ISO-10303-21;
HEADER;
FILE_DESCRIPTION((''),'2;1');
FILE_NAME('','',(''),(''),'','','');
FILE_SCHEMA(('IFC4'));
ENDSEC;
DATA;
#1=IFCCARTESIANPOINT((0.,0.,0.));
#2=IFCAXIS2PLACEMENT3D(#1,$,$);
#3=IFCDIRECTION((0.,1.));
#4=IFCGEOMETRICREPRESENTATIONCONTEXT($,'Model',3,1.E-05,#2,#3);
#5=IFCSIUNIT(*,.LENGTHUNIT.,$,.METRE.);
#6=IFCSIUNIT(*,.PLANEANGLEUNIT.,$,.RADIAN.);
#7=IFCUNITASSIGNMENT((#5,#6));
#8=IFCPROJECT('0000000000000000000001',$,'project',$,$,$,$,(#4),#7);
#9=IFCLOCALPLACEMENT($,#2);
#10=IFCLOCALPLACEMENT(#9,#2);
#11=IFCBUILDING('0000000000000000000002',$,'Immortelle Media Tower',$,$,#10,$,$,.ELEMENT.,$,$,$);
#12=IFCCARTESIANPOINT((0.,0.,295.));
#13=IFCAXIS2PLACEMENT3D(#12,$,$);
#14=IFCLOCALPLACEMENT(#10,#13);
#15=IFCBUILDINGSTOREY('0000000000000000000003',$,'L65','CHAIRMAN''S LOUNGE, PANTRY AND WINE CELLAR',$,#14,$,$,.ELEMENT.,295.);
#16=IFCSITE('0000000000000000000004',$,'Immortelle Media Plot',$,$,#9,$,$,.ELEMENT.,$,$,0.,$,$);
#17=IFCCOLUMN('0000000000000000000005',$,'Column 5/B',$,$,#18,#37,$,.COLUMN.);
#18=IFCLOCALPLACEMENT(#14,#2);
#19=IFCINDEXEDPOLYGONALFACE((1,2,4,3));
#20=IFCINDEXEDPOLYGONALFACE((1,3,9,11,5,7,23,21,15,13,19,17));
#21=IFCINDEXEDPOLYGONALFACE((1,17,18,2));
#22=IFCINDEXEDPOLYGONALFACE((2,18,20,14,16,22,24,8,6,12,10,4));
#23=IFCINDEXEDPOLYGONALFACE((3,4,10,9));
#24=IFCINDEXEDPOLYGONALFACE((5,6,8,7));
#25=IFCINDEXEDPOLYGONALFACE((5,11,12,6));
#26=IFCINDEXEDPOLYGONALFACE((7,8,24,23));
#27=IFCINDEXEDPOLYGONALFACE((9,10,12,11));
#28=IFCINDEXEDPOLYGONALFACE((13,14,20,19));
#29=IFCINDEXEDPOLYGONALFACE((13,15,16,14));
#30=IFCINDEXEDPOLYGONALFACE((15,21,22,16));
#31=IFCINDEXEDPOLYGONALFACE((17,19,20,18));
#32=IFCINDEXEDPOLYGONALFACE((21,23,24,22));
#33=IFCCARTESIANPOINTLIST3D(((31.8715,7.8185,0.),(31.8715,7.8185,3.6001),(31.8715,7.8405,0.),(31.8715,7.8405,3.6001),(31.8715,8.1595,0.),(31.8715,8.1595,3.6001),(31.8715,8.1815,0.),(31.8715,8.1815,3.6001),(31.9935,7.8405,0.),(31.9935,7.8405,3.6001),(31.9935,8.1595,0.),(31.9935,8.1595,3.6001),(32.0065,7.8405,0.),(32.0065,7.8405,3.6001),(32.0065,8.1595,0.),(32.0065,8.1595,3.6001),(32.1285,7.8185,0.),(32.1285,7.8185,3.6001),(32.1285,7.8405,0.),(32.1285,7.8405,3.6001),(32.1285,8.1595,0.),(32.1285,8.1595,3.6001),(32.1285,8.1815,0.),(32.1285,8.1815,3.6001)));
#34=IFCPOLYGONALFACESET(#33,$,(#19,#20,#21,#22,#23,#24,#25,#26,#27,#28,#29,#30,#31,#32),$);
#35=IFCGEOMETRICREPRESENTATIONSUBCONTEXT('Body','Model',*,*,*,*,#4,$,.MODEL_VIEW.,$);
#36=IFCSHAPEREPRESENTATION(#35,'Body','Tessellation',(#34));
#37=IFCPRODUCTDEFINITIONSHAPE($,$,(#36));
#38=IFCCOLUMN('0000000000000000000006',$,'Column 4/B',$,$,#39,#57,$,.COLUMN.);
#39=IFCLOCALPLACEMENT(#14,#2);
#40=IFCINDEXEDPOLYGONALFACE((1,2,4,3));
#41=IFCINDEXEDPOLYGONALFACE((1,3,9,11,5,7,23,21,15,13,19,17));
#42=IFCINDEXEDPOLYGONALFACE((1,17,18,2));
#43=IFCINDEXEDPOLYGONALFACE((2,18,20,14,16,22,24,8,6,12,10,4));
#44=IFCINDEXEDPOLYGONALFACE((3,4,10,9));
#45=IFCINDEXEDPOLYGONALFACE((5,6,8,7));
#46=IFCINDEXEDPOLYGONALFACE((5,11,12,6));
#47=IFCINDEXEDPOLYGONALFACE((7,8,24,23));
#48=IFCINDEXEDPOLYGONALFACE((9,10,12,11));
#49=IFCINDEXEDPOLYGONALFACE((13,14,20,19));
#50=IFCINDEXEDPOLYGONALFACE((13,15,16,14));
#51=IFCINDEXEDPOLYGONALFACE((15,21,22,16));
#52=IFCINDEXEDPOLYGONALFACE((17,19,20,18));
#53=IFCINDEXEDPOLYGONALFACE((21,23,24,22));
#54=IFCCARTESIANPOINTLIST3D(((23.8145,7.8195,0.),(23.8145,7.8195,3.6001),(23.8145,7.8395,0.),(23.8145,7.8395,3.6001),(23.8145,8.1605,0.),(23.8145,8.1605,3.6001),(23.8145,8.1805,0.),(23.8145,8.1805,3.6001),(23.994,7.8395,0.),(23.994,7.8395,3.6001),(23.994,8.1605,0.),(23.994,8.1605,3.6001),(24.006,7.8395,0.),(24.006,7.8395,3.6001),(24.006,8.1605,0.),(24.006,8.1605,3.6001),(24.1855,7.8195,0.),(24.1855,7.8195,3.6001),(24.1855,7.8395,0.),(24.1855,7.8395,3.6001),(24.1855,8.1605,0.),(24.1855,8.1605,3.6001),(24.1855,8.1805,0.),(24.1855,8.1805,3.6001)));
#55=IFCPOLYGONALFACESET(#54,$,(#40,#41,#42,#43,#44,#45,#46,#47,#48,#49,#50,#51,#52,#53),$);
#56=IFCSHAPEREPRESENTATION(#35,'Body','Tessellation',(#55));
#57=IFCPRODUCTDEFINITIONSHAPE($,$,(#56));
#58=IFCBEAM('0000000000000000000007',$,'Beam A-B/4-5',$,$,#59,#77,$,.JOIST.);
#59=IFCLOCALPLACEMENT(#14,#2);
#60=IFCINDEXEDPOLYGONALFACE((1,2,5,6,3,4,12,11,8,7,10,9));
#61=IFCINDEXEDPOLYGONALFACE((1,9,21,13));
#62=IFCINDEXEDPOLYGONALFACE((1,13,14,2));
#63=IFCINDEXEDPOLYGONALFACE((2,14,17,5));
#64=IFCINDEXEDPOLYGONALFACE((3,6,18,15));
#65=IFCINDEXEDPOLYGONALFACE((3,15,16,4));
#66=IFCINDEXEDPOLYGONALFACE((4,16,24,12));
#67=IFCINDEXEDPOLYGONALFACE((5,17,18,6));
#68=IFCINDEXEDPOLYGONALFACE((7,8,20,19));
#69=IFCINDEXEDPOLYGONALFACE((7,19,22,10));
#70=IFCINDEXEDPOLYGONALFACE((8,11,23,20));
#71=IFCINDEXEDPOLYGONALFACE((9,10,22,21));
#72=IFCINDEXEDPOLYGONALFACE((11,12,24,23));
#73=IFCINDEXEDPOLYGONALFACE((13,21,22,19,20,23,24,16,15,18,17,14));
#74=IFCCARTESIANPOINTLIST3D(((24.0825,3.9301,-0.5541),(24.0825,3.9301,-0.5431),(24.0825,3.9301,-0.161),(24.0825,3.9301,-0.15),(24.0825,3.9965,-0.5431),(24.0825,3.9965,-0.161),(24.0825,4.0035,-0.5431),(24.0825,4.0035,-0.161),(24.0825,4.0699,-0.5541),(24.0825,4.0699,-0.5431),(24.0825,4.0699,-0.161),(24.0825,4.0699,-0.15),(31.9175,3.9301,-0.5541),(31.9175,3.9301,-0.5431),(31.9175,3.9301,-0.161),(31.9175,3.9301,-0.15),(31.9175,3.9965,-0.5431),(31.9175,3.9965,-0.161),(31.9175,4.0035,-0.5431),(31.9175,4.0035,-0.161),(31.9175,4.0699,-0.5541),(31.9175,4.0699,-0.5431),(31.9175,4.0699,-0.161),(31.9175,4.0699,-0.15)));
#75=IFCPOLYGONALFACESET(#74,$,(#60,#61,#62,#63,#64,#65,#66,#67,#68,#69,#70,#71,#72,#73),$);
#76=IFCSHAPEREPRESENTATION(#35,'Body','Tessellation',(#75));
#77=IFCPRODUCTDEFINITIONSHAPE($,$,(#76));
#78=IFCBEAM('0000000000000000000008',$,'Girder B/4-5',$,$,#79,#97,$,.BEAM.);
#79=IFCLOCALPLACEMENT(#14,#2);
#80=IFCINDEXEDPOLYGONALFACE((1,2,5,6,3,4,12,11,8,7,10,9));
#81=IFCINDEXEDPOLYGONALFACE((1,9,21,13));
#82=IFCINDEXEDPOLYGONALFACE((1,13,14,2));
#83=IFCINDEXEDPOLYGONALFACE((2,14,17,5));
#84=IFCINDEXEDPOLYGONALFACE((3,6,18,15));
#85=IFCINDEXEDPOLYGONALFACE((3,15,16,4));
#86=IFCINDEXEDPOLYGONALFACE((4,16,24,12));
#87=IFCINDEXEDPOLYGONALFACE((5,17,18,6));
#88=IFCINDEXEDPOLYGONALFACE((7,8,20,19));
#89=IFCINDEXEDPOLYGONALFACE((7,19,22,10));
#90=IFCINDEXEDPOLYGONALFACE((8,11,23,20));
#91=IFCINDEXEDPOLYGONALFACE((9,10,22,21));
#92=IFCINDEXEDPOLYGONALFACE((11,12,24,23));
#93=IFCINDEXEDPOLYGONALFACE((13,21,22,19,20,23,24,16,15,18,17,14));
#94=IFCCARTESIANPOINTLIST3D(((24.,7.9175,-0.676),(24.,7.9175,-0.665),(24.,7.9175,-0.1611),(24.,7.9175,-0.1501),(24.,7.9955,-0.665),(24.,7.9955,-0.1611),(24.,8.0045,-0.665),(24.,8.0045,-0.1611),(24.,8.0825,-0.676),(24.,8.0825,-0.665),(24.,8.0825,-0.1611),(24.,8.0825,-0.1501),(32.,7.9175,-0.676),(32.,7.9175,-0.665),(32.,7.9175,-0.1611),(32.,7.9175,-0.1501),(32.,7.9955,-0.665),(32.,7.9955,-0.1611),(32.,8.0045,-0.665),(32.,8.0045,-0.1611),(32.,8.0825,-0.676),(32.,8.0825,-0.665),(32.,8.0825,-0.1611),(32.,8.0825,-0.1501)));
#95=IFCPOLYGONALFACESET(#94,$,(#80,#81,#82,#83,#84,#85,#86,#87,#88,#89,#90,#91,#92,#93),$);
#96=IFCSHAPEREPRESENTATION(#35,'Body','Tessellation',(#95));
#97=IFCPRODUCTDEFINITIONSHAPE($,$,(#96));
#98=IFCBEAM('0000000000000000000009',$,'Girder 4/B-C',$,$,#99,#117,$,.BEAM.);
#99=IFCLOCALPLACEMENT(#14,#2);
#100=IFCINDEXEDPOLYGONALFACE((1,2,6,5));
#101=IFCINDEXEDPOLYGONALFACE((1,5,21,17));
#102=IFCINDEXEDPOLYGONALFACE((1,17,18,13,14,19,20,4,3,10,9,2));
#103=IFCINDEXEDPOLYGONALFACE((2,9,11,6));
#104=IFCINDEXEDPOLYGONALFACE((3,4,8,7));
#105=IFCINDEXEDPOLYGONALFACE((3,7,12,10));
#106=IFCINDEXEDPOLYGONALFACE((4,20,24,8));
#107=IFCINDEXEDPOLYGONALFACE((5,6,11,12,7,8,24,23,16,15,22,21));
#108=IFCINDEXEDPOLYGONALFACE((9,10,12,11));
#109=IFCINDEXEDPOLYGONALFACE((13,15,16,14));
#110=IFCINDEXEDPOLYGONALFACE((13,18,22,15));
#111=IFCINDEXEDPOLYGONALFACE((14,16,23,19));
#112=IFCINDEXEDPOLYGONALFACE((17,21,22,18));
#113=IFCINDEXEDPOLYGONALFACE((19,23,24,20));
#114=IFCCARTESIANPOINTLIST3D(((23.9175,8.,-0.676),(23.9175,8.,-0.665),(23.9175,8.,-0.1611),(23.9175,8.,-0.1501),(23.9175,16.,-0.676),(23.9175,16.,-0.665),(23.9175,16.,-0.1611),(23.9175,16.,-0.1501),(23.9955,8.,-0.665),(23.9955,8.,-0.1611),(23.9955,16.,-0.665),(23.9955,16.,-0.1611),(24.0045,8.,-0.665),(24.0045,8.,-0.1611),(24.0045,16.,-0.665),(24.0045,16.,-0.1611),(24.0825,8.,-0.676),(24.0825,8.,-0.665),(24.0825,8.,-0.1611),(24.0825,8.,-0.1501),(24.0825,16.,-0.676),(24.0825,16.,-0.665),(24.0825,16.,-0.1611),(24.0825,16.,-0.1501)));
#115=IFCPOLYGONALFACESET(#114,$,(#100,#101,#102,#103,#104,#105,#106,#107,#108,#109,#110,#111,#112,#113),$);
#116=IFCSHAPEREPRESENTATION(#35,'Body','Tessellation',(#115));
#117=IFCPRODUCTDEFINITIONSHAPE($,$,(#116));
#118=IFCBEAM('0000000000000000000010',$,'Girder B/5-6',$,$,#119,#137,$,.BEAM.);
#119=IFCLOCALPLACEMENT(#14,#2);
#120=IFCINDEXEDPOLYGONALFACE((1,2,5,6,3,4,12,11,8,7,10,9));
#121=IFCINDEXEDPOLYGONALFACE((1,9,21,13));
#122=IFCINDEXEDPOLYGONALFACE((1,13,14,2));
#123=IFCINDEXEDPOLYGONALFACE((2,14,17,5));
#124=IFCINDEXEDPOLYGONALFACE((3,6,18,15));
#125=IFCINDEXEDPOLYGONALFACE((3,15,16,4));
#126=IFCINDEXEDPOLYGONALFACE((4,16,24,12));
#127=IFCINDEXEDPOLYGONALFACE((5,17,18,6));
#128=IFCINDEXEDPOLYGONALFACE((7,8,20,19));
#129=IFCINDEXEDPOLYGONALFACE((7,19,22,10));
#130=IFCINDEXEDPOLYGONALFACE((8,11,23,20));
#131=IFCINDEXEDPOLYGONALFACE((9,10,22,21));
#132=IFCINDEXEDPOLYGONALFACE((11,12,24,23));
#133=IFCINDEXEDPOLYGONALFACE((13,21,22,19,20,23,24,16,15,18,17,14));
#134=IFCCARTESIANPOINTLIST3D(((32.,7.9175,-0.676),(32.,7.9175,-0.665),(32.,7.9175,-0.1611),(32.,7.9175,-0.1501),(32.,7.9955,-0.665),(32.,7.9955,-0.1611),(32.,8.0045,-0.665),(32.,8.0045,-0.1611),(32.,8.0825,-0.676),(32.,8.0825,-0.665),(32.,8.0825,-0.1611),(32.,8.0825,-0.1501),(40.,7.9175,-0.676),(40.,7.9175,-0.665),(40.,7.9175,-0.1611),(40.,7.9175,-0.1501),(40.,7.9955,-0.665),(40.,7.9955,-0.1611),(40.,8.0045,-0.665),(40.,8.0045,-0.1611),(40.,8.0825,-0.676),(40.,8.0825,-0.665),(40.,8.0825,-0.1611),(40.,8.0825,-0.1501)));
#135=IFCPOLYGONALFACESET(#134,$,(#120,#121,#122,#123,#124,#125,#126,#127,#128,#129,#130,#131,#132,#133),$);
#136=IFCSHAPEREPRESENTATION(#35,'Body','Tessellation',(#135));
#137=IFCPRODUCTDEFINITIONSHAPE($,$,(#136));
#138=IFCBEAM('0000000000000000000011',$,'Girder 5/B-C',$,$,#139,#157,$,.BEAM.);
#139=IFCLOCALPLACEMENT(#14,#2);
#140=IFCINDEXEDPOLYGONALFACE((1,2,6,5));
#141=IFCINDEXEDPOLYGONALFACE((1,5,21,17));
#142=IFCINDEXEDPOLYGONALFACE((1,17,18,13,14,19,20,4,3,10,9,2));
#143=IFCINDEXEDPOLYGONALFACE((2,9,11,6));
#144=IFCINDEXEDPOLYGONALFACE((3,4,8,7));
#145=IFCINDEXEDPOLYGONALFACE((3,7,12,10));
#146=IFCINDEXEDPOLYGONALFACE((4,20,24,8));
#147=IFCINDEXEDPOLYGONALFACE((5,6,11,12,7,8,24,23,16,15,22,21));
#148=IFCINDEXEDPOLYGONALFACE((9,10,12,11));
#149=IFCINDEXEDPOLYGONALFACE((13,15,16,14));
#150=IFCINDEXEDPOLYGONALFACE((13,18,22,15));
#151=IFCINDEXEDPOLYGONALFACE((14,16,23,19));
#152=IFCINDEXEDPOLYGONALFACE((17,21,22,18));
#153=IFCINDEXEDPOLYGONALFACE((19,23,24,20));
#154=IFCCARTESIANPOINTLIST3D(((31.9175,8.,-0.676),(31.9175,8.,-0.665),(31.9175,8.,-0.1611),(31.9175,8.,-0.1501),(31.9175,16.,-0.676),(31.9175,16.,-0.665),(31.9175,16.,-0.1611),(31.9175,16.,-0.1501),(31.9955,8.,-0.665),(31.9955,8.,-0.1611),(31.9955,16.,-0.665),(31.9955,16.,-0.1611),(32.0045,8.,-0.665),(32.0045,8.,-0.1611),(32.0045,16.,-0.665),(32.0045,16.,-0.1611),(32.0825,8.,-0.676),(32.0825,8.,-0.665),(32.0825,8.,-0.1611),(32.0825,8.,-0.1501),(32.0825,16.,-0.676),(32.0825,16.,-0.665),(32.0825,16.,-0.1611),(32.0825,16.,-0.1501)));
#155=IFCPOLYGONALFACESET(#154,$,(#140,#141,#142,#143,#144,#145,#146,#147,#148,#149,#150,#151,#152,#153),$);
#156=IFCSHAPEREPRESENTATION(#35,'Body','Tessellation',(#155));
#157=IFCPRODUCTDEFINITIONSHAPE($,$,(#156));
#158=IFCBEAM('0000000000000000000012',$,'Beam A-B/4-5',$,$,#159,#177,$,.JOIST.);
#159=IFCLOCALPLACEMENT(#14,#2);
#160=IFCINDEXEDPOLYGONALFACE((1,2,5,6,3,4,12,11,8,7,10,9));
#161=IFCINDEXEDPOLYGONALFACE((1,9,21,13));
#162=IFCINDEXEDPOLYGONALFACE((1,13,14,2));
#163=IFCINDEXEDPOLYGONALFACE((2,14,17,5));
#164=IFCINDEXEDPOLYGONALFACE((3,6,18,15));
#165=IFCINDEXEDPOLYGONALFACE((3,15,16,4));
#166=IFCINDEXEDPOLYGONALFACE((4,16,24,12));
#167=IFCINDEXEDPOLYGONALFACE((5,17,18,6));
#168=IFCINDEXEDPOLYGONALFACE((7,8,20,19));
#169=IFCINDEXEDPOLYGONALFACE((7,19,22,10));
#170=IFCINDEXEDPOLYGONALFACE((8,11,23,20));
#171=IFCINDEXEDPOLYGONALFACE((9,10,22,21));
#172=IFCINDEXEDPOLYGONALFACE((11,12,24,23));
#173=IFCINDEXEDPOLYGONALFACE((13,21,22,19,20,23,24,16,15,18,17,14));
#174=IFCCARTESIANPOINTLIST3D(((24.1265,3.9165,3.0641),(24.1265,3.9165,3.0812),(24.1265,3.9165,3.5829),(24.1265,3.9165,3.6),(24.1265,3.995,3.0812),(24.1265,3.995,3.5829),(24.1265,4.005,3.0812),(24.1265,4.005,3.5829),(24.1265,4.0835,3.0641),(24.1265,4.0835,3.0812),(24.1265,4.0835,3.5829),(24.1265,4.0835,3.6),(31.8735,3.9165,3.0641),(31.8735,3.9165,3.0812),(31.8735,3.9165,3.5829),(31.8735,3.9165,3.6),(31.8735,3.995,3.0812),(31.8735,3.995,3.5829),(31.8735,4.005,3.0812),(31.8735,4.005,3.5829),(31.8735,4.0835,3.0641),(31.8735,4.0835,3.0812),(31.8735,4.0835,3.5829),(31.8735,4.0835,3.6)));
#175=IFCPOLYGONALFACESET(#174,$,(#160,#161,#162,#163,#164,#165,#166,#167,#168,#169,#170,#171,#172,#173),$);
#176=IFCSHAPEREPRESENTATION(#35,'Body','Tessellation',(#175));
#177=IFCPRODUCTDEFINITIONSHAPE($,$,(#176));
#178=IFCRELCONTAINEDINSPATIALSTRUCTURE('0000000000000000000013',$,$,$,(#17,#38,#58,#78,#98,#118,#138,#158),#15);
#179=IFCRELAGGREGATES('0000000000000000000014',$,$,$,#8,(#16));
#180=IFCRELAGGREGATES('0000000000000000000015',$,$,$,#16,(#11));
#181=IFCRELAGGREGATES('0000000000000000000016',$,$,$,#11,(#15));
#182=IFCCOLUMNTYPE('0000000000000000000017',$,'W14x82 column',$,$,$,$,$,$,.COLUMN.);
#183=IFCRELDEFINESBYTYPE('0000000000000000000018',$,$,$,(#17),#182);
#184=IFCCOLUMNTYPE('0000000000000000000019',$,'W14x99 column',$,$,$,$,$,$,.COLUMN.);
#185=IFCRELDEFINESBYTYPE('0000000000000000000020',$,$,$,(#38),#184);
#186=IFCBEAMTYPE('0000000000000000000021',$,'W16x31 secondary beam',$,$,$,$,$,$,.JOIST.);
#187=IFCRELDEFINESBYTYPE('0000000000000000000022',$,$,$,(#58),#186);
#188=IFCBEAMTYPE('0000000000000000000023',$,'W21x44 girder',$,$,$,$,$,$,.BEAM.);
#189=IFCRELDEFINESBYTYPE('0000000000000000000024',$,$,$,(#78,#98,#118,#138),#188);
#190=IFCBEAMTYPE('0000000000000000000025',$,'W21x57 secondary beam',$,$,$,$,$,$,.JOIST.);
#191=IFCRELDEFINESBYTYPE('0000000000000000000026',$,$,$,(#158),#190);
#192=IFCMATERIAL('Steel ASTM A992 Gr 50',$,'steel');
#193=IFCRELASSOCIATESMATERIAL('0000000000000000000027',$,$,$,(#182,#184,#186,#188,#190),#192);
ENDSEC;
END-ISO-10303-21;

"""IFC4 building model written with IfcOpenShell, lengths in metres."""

from ifc_helpers import new_model, si_unit, direction, frame, origin, origin_2d, place, context, subcontext, project, spatial, i_section, extrude, material, material_profile, profile_set, type_object, element, save


model = new_model("IFC4")

# Units and contexts
model_context = context("Model", 3, precision=1e-05, world=origin(), true_north=direction((0.0, 1.0)))
body_context = subcontext(model_context, "Body", "Model", "MODEL_VIEW")
ifc_project = project(units=[si_unit("LENGTHUNIT", "METRE"), si_unit("PLANEANGLEUNIT", "RADIAN")], contexts=[model_context])

# Site, building, storey
site_placement = place(None, origin())
site = spatial("IfcSite", under=ifc_project, at=site_placement, Name="Immortelle Media Plot", CompositionType="ELEMENT", RefElevation=0.0)
building_placement = place(site_placement, origin())
building = spatial("IfcBuilding", under=site, at=building_placement, Name="Immortelle Media Tower", CompositionType="ELEMENT")
storey_placement = place(building_placement, frame((0.0, 0.0, 295.0)))
storey = spatial("IfcBuildingStorey", under=building, at=storey_placement, Name="L65", Description="CHAIRMAN'S LOUNGE, PANTRY AND WINE CELLAR", CompositionType="ELEMENT", Elevation=295.0)

# Columns
ifc_material_1 = material(Name="Steel ASTM A992 Gr 50", Category="steel")
ifc_material_profile_1 = material_profile(ifc_material_1, i_section(OverallWidth=0.2571, OverallDepth=0.363, WebThickness=0.0129, FlangeThickness=0.022, at=origin_2d()), Name="W14x82")
ifc_profile_set_1 = profile_set([ifc_material_profile_1], Name="Steel ASTM A992 Gr 50")
column_type_1 = type_object("IfcColumnType", Name="W14x82 column", PredefinedType="COLUMN", material=ifc_profile_set_1)
column_1_placement = place(storey_placement, frame((32.0, 8.0, 0.0), z_axis=(0.0, 0.0, 1.0), x_axis=(1.0, 0.0, 0.0)))
element("IfcColumn", 1, at=column_1_placement, inside=storey, type_object=column_type_1, Name="Column 5/B", PredefinedType="COLUMN", context=body_context, shape_type="SweptSolid", body=[
    extrude(i_section(OverallWidth=0.2571, OverallDepth=0.363, WebThickness=0.0129, FlangeThickness=0.022, at=origin_2d()), origin(), (0.0, 0.0, 1.0), 3.6001),
])
ifc_material_profile_2 = material_profile(ifc_material_1, i_section(OverallWidth=0.3711, OverallDepth=0.3611, WebThickness=0.012, FlangeThickness=0.02, at=origin_2d()), Name="W14x99")
ifc_profile_set_2 = profile_set([ifc_material_profile_2], Name="Steel ASTM A992 Gr 50")
column_type_2 = type_object("IfcColumnType", Name="W14x99 column", PredefinedType="COLUMN", material=ifc_profile_set_2)
column_2_placement = place(storey_placement, frame((24.0, 8.0, 0.0), z_axis=(0.0, 0.0, 1.0), x_axis=(1.0, 0.0, 0.0)))
element("IfcColumn", 2, at=column_2_placement, inside=storey, type_object=column_type_2, Name="Column 4/B", PredefinedType="COLUMN", context=body_context, shape_type="SweptSolid", body=[
    extrude(i_section(OverallWidth=0.3711, OverallDepth=0.3611, WebThickness=0.012, FlangeThickness=0.02, at=origin_2d()), origin(), (0.0, 0.0, 1.0), 3.6001),
])

# Beams
ifc_material_profile_3 = material_profile(ifc_material_1, i_section(OverallWidth=0.1399, OverallDepth=0.4041, WebThickness=0.0071, FlangeThickness=0.011, at=origin_2d()), Name="W16x31")
ifc_profile_set_3 = profile_set([ifc_material_profile_3], Name="Steel ASTM A992 Gr 50")
beam_type_1 = type_object("IfcBeamType", Name="W16x31 secondary beam", PredefinedType="JOIST", material=ifc_profile_set_3)
beam_1_placement = place(storey_placement, frame((24.0825, 4.0, -0.3521), z_axis=(1.0, 0.0, 0.0), x_axis=(0.0, 1.0, 0.0)))
element("IfcBeam", 3, at=beam_1_placement, inside=storey, type_object=beam_type_1, Name="Beam A-B/4-5", PredefinedType="JOIST", context=body_context, shape_type="SweptSolid", body=[
    extrude(i_section(OverallWidth=0.1399, OverallDepth=0.4041, WebThickness=0.0071, FlangeThickness=0.011, at=origin_2d()), origin(), (0.0, 0.0, 1.0), 7.835),
])
ifc_material_profile_4 = material_profile(ifc_material_1, i_section(OverallWidth=0.165, OverallDepth=0.5259, WebThickness=0.009, FlangeThickness=0.011, at=origin_2d()), Name="W21x44")
ifc_profile_set_4 = profile_set([ifc_material_profile_4], Name="Steel ASTM A992 Gr 50")
beam_type_2 = type_object("IfcBeamType", Name="W21x44 girder", PredefinedType="BEAM", material=ifc_profile_set_4)
for number, where, z_axis, x_axis, name in (
    (4, (24.0, 8.0, -0.4131), (1.0, 0.0, 0.0), (0.0, 1.0, 0.0), "Girder B/4-5"),
    (5, (24.0, 8.0, -0.4131), (0.0, 1.0, 0.0), (-1.0, 0.0, 0.0), "Girder 4/B-C"),
    (6, (32.0, 8.0, -0.4131), (1.0, 0.0, 0.0), (0.0, 1.0, 0.0), "Girder B/5-6"),
    (7, (32.0, 8.0, -0.4131), (0.0, 1.0, 0.0), (-1.0, 0.0, 0.0), "Girder 5/B-C"),
):
    element("IfcBeam", number, at=place(storey_placement, frame(where, z_axis=z_axis, x_axis=x_axis)), inside=storey, type_object=beam_type_2, Name=name, PredefinedType="BEAM", context=body_context, shape_type="SweptSolid", body=[
        extrude(i_section(OverallWidth=0.165, OverallDepth=0.5259, WebThickness=0.009, FlangeThickness=0.011, at=origin_2d()), origin(), (0.0, 0.0, 1.0), 8.0),
    ])
ifc_material_profile_5 = material_profile(ifc_material_1, i_section(OverallWidth=0.167, OverallDepth=0.5359, WebThickness=0.01, FlangeThickness=0.0171, at=origin_2d()), Name="W21x57")
ifc_profile_set_5 = profile_set([ifc_material_profile_5], Name="Steel ASTM A992 Gr 50")
beam_type_3 = type_object("IfcBeamType", Name="W21x57 secondary beam", PredefinedType="JOIST", material=ifc_profile_set_5)
beam_2_placement = place(storey_placement, frame((24.1265, 4.0, 3.332), z_axis=(1.0, 0.0, 0.0), x_axis=(0.0, 1.0, 0.0)))
element("IfcBeam", 8, at=beam_2_placement, inside=storey, type_object=beam_type_3, Name="Beam A-B/4-5", PredefinedType="JOIST", context=body_context, shape_type="SweptSolid", body=[
    extrude(i_section(OverallWidth=0.167, OverallDepth=0.5359, WebThickness=0.01, FlangeThickness=0.0171, at=origin_2d()), origin(), (0.0, 0.0, 1.0), 7.7471),
])

save(model, "model.ifc")
